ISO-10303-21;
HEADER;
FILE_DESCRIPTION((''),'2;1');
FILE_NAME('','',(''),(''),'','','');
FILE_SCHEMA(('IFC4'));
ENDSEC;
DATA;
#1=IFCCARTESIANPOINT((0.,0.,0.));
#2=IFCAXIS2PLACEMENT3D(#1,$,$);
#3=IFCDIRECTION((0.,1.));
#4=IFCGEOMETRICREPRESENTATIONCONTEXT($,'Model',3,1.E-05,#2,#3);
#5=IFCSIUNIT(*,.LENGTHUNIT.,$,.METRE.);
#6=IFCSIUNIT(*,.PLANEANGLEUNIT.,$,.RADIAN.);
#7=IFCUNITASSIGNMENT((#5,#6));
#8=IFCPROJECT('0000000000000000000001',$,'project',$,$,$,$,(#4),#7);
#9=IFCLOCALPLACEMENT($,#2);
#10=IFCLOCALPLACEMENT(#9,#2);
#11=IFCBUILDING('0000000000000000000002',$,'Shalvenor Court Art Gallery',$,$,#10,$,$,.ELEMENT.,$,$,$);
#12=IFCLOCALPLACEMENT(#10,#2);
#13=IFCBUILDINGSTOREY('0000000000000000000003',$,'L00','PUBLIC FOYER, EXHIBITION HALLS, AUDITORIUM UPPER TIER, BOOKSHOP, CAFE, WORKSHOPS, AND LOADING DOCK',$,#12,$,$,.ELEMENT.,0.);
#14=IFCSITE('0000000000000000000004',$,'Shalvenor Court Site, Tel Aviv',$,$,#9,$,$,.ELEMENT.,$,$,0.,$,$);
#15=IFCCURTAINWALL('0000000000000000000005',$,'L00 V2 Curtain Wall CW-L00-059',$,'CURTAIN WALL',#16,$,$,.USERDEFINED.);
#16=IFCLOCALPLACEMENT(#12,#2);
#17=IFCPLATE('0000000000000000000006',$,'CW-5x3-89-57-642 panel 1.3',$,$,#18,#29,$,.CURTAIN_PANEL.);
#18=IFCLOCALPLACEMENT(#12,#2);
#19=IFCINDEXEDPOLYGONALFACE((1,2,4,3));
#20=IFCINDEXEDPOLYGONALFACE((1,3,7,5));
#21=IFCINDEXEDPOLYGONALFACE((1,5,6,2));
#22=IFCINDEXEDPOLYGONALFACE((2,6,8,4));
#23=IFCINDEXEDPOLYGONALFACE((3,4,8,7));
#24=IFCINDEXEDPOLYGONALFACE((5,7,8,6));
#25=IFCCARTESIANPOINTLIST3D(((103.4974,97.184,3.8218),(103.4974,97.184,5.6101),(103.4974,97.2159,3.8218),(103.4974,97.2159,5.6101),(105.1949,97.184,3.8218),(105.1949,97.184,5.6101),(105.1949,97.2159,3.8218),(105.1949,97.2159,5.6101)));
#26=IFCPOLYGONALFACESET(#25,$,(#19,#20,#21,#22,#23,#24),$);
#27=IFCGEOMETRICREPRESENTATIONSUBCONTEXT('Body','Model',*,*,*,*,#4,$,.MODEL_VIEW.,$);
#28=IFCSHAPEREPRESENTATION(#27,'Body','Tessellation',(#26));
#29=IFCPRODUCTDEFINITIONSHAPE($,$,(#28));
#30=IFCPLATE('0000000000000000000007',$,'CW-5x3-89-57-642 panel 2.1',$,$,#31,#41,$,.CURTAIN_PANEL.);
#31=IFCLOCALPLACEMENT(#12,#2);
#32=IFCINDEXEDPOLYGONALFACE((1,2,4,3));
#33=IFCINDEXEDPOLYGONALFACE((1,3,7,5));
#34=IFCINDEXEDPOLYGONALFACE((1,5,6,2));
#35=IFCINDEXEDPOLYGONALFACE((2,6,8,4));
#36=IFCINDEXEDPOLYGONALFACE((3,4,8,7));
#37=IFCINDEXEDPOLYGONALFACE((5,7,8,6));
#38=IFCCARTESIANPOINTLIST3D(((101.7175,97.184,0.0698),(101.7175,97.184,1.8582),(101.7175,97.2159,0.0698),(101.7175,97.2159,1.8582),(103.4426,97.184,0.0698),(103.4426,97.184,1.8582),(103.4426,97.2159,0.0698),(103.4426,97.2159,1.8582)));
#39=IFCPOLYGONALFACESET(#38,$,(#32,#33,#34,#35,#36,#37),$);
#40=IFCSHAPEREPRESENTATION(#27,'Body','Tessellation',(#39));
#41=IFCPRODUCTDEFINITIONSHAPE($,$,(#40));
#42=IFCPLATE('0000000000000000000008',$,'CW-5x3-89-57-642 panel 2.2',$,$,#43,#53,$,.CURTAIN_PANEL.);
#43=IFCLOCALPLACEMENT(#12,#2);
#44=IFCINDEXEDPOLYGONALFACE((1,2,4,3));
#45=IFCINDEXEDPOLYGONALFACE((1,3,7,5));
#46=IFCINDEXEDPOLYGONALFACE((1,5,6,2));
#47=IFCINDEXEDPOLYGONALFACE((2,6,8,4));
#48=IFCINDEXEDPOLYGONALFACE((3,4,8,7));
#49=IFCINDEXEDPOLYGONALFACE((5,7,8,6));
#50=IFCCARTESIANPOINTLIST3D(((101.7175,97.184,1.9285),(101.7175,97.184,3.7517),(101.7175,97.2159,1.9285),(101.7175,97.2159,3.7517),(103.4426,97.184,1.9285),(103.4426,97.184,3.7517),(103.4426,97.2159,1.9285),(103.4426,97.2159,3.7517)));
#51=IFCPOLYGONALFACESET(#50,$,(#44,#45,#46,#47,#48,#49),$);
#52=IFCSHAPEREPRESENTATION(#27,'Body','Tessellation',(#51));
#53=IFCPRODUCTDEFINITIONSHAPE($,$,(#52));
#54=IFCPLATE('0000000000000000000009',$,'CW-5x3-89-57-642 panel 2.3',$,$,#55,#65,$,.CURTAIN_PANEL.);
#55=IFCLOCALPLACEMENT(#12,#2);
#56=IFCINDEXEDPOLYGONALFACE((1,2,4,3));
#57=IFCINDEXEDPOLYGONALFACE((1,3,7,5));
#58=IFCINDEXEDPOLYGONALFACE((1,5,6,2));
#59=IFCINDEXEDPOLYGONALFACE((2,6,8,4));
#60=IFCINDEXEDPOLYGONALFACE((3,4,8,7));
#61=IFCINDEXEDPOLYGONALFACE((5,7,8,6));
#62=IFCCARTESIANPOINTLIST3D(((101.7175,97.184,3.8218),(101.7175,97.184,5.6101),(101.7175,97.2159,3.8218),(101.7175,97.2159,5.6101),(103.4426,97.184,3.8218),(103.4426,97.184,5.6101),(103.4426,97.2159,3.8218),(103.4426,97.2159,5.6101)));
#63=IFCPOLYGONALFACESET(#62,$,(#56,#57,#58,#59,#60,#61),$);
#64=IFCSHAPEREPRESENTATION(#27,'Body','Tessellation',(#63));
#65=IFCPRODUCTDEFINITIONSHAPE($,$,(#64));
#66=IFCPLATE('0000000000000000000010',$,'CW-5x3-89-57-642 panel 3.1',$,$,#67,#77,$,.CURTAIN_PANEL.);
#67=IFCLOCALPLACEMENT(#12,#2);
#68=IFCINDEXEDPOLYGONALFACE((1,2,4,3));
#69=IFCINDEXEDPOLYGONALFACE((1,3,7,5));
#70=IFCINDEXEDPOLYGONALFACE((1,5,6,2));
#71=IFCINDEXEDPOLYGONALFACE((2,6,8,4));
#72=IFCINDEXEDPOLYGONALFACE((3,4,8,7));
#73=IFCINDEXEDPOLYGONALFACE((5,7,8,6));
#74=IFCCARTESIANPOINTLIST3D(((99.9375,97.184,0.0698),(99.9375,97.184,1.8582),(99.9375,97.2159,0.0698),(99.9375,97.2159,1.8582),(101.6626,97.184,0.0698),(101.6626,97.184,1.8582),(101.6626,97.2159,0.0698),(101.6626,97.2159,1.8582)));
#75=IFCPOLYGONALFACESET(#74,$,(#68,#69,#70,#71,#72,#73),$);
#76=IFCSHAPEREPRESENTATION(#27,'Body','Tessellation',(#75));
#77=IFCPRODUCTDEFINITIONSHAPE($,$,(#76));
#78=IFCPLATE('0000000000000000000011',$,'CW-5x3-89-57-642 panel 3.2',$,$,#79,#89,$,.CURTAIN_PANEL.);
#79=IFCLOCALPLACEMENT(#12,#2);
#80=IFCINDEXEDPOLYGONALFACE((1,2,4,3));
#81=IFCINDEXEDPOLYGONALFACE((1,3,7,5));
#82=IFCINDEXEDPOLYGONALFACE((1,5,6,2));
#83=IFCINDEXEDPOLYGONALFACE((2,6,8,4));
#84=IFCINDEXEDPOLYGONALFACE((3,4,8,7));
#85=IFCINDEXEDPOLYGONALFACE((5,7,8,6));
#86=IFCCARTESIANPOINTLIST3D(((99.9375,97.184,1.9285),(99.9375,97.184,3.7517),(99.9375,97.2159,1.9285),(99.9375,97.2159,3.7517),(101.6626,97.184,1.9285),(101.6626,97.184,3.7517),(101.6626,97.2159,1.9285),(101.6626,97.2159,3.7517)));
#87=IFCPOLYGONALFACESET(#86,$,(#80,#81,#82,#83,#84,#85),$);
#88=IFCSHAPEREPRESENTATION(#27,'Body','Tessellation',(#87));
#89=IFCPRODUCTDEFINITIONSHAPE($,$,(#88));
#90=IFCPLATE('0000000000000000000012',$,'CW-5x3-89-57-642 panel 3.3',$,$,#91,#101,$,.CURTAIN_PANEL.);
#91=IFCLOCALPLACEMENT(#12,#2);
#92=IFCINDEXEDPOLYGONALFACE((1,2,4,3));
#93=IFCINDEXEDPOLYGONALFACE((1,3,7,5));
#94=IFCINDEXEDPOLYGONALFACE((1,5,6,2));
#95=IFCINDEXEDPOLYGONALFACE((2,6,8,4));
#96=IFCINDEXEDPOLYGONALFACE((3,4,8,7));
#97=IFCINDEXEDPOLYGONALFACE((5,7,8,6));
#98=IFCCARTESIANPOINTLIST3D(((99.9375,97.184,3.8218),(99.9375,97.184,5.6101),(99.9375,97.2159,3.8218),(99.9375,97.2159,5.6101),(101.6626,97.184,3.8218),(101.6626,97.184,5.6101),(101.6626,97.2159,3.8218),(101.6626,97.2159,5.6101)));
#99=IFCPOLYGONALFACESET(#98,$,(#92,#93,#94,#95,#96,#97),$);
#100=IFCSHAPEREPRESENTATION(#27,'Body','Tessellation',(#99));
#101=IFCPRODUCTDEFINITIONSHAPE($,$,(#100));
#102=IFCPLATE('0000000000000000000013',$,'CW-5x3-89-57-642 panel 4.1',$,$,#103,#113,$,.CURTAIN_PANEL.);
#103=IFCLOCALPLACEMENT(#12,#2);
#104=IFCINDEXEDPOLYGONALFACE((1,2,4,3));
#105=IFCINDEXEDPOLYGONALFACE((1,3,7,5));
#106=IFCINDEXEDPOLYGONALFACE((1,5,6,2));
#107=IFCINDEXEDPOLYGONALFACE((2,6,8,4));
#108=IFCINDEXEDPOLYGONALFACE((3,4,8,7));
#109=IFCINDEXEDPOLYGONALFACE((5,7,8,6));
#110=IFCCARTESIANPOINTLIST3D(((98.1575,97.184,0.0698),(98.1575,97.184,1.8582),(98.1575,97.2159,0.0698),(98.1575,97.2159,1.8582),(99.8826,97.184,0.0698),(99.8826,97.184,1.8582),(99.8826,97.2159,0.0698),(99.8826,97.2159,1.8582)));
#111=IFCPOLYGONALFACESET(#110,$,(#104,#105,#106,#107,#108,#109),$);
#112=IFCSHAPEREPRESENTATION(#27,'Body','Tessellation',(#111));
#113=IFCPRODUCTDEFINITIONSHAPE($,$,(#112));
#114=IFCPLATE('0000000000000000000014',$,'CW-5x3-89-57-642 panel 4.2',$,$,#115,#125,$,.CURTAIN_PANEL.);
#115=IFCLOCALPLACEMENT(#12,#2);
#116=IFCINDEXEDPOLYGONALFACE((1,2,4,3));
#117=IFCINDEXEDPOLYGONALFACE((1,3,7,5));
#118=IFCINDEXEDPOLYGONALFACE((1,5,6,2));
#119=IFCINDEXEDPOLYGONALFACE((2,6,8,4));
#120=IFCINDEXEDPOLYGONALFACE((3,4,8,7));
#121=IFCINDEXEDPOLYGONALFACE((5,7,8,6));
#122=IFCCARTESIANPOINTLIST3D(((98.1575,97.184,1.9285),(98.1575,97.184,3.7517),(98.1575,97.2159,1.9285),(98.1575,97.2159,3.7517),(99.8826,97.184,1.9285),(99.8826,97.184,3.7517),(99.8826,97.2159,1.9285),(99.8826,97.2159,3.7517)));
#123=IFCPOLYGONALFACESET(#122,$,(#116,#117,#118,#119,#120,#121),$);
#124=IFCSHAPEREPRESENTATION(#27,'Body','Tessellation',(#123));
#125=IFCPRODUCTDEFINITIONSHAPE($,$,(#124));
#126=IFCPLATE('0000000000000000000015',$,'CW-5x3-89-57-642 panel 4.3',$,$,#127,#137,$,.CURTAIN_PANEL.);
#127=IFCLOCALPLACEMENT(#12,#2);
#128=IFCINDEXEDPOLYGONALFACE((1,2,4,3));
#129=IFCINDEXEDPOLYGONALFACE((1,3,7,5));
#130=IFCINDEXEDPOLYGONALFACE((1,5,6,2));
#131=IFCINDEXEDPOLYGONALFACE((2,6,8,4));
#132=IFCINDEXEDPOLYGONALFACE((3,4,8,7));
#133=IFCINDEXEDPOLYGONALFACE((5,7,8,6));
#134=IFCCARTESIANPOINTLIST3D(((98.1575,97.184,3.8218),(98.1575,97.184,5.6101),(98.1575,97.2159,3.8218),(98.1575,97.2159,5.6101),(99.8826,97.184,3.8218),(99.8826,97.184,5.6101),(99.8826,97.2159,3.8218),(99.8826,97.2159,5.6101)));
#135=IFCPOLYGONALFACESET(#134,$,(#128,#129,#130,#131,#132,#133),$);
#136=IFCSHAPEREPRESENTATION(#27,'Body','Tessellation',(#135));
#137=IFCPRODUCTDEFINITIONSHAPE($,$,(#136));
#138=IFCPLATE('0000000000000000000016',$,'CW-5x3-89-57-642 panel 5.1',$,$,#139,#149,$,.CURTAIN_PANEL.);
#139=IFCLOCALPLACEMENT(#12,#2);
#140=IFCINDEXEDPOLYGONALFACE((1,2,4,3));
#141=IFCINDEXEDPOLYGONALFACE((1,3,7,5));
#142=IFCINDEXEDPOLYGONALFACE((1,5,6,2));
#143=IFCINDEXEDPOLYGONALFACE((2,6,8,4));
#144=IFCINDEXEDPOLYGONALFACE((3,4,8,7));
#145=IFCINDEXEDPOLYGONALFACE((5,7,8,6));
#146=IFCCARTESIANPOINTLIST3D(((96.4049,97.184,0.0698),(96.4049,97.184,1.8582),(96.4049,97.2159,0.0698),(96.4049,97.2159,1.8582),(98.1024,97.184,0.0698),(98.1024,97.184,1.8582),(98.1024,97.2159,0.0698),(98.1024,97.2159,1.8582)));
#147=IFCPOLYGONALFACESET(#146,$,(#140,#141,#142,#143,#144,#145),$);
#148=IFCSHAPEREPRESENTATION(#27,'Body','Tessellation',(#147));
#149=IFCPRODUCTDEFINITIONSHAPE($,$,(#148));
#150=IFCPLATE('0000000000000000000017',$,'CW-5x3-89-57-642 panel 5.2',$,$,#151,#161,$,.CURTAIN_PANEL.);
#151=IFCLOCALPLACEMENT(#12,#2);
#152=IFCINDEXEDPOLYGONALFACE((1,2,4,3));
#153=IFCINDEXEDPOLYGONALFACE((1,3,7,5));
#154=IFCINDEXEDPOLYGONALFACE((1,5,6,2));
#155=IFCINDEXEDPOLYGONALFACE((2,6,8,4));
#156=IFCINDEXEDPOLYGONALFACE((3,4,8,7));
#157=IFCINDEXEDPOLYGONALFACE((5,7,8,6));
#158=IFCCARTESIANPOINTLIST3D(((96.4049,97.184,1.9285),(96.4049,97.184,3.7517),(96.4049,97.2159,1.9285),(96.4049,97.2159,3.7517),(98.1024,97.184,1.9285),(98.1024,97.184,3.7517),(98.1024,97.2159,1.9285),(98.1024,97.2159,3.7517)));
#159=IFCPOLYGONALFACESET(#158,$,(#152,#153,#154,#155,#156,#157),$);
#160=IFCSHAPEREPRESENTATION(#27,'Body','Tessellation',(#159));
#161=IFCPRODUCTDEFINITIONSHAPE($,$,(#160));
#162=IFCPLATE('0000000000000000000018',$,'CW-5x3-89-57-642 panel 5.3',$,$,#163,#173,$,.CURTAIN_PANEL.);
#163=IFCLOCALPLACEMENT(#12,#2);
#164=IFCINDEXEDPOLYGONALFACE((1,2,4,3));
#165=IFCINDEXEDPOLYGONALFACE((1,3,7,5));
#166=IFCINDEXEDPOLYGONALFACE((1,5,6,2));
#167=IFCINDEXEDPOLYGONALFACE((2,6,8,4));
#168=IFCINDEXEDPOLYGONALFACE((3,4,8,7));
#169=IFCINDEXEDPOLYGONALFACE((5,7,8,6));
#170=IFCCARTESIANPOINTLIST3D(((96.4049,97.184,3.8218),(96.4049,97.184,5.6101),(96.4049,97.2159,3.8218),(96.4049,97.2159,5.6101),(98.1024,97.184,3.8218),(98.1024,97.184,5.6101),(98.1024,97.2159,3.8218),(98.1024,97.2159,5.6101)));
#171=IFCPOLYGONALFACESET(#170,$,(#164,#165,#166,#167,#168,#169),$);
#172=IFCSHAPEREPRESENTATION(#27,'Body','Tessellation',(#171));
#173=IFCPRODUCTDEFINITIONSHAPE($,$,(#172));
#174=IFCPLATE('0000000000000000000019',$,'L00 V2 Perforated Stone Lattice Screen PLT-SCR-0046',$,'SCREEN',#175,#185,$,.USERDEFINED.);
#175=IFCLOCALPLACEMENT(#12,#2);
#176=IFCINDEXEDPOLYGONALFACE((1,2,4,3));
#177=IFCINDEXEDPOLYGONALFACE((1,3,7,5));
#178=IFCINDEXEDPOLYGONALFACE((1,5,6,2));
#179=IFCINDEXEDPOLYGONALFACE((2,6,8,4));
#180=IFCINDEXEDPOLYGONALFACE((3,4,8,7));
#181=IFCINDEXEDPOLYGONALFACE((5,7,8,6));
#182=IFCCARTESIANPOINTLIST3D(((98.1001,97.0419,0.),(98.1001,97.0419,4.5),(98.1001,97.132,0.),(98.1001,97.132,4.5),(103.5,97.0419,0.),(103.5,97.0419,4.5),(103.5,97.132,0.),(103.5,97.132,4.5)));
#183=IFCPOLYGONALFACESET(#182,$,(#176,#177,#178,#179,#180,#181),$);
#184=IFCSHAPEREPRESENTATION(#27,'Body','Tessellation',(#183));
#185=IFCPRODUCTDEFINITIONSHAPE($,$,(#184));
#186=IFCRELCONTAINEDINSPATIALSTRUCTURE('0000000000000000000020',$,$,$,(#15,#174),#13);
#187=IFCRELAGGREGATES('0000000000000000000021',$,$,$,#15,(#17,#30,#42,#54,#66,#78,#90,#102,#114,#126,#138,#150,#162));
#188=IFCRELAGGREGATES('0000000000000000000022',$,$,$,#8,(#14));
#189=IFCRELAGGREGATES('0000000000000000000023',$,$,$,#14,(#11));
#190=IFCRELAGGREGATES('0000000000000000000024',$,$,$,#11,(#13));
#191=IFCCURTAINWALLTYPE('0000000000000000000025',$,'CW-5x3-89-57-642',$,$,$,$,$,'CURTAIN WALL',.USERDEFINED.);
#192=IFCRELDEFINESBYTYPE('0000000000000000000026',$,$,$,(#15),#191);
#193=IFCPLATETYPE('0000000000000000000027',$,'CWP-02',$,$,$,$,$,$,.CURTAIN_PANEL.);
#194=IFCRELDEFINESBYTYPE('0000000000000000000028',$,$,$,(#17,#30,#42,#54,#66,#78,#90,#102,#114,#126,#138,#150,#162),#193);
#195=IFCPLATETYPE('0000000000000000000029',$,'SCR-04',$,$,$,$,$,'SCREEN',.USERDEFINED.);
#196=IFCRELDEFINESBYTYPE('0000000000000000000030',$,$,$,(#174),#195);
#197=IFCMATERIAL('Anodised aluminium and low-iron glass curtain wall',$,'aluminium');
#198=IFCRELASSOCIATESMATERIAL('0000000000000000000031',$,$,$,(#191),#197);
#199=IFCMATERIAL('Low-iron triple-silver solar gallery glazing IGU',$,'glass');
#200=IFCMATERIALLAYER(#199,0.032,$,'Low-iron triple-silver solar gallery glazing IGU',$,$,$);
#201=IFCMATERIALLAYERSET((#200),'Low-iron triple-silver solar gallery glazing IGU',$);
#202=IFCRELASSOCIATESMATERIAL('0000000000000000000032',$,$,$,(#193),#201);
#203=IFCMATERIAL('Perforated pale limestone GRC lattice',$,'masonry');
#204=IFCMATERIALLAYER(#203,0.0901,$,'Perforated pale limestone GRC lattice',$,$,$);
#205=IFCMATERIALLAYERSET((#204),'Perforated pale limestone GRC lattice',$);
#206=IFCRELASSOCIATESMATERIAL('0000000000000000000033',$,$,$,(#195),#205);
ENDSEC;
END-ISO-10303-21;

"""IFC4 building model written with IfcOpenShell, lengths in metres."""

from ifc_helpers import new_model, si_unit, direction, frame, origin, origin_2d, place, context, subcontext, project, spatial, rectangle, extrude, material, layer, layer_set, type_object, element, aggregate, save


model = new_model("IFC4")

# Units and contexts
model_context = context("Model", 3, precision=1e-05, world=origin(), true_north=direction((0.0, 1.0)))
body_context = subcontext(model_context, "Body", "Model", "MODEL_VIEW")
ifc_project = project(units=[si_unit("LENGTHUNIT", "METRE"), si_unit("PLANEANGLEUNIT", "RADIAN")], contexts=[model_context])

# Site, building, storey
site_placement = place(None, origin())
site = spatial("IfcSite", under=ifc_project, at=site_placement, Name="Shalvenor Court Site, Tel Aviv", CompositionType="ELEMENT", RefElevation=0.0)
building_placement = place(site_placement, origin())
building = spatial("IfcBuilding", under=site, at=building_placement, Name="Shalvenor Court Art Gallery", CompositionType="ELEMENT")
storey_placement = place(building_placement, origin())
storey = spatial("IfcBuildingStorey", under=building, at=storey_placement, Name="L00", Description="PUBLIC FOYER, EXHIBITION HALLS, AUDITORIUM UPPER TIER, BOOKSHOP, CAFE, WORKSHOPS, AND LOADING DOCK", CompositionType="ELEMENT", Elevation=0.0)

# Curtain wall, plates
ifc_material_1 = material(Name="Anodised aluminium and low-iron glass curtain wall", Category="aluminium")
curtain_wall_type = type_object("IfcCurtainWallType", Name="CW-5x3-89-57-642", ElementType="CURTAIN WALL", PredefinedType="USERDEFINED", material=ifc_material_1)
curtain_wall_placement = place(storey_placement, origin())
curtain_wall = element("IfcCurtainWall", 1, at=curtain_wall_placement, inside=storey, type_object=curtain_wall_type, Name="L00 V2 Curtain Wall CW-L00-059", ObjectType="CURTAIN WALL", PredefinedType="USERDEFINED")
ifc_material_2 = material(Name="Low-iron triple-silver solar gallery glazing IGU", Category="glass")
ifc_layer_1 = layer(ifc_material_2, 0.032, Name="Low-iron triple-silver solar gallery glazing IGU")
ifc_layer_set_1 = layer_set([ifc_layer_1], Name="Low-iron triple-silver solar gallery glazing IGU")
plate_type_1 = type_object("IfcPlateType", Name="CWP-02", PredefinedType="CURTAIN_PANEL", material=ifc_layer_set_1)
plate_1_placement = place(storey_placement, frame((104.3462, 97.2, 3.8218), z_axis=(0.0, 0.0, 1.0), x_axis=(-1.0, 0.0, 0.0)))
plate_1 = element("IfcPlate", 2, at=plate_1_placement, type_object=plate_type_1, Name="CW-5x3-89-57-642 panel 1.3", PredefinedType="CURTAIN_PANEL", context=body_context, shape_type="SweptSolid", body=[
    extrude(rectangle(XDim=1.6975, YDim=0.032, at=origin_2d()), origin(), (0.0, 0.0, 1.0), 1.7883),
])
plate_2_placement = place(storey_placement, frame((102.5801, 97.2, 0.0698), z_axis=(0.0, 0.0, 1.0), x_axis=(-1.0, 0.0, 0.0)))
plate_2 = element("IfcPlate", 3, at=plate_2_placement, type_object=plate_type_1, Name="CW-5x3-89-57-642 panel 2.1", PredefinedType="CURTAIN_PANEL", context=body_context, shape_type="SweptSolid", body=[
    extrude(rectangle(XDim=1.7251, YDim=0.032, at=origin_2d()), origin(), (0.0, 0.0, 1.0), 1.7883),
])
plate_3_placement = place(storey_placement, frame((102.5801, 97.2, 1.9285), z_axis=(0.0, 0.0, 1.0), x_axis=(-1.0, 0.0, 0.0)))
plate_3 = element("IfcPlate", 4, at=plate_3_placement, type_object=plate_type_1, Name="CW-5x3-89-57-642 panel 2.2", PredefinedType="CURTAIN_PANEL", context=body_context, shape_type="SweptSolid", body=[
    extrude(rectangle(XDim=1.7251, YDim=0.032, at=origin_2d()), origin(), (0.0, 0.0, 1.0), 1.8232),
])
plate_4_placement = place(storey_placement, frame((102.5801, 97.2, 3.8218), z_axis=(0.0, 0.0, 1.0), x_axis=(-1.0, 0.0, 0.0)))
plate_4 = element("IfcPlate", 5, at=plate_4_placement, type_object=plate_type_1, Name="CW-5x3-89-57-642 panel 2.3", PredefinedType="CURTAIN_PANEL", context=body_context, shape_type="SweptSolid", body=[
    extrude(rectangle(XDim=1.7251, YDim=0.032, at=origin_2d()), origin(), (0.0, 0.0, 1.0), 1.7883),
])
plate_5_placement = place(storey_placement, frame((100.8, 97.2, 0.0698), z_axis=(0.0, 0.0, 1.0), x_axis=(-1.0, 0.0, 0.0)))
plate_5 = element("IfcPlate", 6, at=plate_5_placement, type_object=plate_type_1, Name="CW-5x3-89-57-642 panel 3.1", PredefinedType="CURTAIN_PANEL", context=body_context, shape_type="SweptSolid", body=[
    extrude(rectangle(XDim=1.7251, YDim=0.032, at=origin_2d()), origin(), (0.0, 0.0, 1.0), 1.7883),
])
plate_6_placement = place(storey_placement, frame((100.8, 97.2, 1.9285), z_axis=(0.0, 0.0, 1.0), x_axis=(-1.0, 0.0, 0.0)))
plate_6 = element("IfcPlate", 7, at=plate_6_placement, type_object=plate_type_1, Name="CW-5x3-89-57-642 panel 3.2", PredefinedType="CURTAIN_PANEL", context=body_context, shape_type="SweptSolid", body=[
    extrude(rectangle(XDim=1.7251, YDim=0.032, at=origin_2d()), origin(), (0.0, 0.0, 1.0), 1.8232),
])
plate_7_placement = place(storey_placement, frame((100.8, 97.2, 3.8218), z_axis=(0.0, 0.0, 1.0), x_axis=(-1.0, 0.0, 0.0)))
plate_7 = element("IfcPlate", 8, at=plate_7_placement, type_object=plate_type_1, Name="CW-5x3-89-57-642 panel 3.3", PredefinedType="CURTAIN_PANEL", context=body_context, shape_type="SweptSolid", body=[
    extrude(rectangle(XDim=1.7251, YDim=0.032, at=origin_2d()), origin(), (0.0, 0.0, 1.0), 1.7883),
])
plate_8_placement = place(storey_placement, frame((99.02, 97.2, 0.0698), z_axis=(0.0, 0.0, 1.0), x_axis=(-1.0, 0.0, 0.0)))
plate_8 = element("IfcPlate", 9, at=plate_8_placement, type_object=plate_type_1, Name="CW-5x3-89-57-642 panel 4.1", PredefinedType="CURTAIN_PANEL", context=body_context, shape_type="SweptSolid", body=[
    extrude(rectangle(XDim=1.7251, YDim=0.032, at=origin_2d()), origin(), (0.0, 0.0, 1.0), 1.7883),
])
plate_9_placement = place(storey_placement, frame((99.02, 97.2, 1.9285), z_axis=(0.0, 0.0, 1.0), x_axis=(-1.0, 0.0, 0.0)))
plate_9 = element("IfcPlate", 10, at=plate_9_placement, type_object=plate_type_1, Name="CW-5x3-89-57-642 panel 4.2", PredefinedType="CURTAIN_PANEL", context=body_context, shape_type="SweptSolid", body=[
    extrude(rectangle(XDim=1.7251, YDim=0.032, at=origin_2d()), origin(), (0.0, 0.0, 1.0), 1.8232),
])
plate_10_placement = place(storey_placement, frame((99.02, 97.2, 3.8218), z_axis=(0.0, 0.0, 1.0), x_axis=(-1.0, 0.0, 0.0)))
plate_10 = element("IfcPlate", 11, at=plate_10_placement, type_object=plate_type_1, Name="CW-5x3-89-57-642 panel 4.3", PredefinedType="CURTAIN_PANEL", context=body_context, shape_type="SweptSolid", body=[
    extrude(rectangle(XDim=1.7251, YDim=0.032, at=origin_2d()), origin(), (0.0, 0.0, 1.0), 1.7883),
])
plate_11_placement = place(storey_placement, frame((97.2537, 97.2, 0.0698), z_axis=(0.0, 0.0, 1.0), x_axis=(-1.0, 0.0, 0.0)))
plate_11 = element("IfcPlate", 12, at=plate_11_placement, type_object=plate_type_1, Name="CW-5x3-89-57-642 panel 5.1", PredefinedType="CURTAIN_PANEL", context=body_context, shape_type="SweptSolid", body=[
    extrude(rectangle(XDim=1.6975, YDim=0.032, at=origin_2d()), origin(), (0.0, 0.0, 1.0), 1.7883),
])
plate_12_placement = place(storey_placement, frame((97.2537, 97.2, 1.9285), z_axis=(0.0, 0.0, 1.0), x_axis=(-1.0, 0.0, 0.0)))
plate_12 = element("IfcPlate", 13, at=plate_12_placement, type_object=plate_type_1, Name="CW-5x3-89-57-642 panel 5.2", PredefinedType="CURTAIN_PANEL", context=body_context, shape_type="SweptSolid", body=[
    extrude(rectangle(XDim=1.6975, YDim=0.032, at=origin_2d()), origin(), (0.0, 0.0, 1.0), 1.8232),
])
plate_13_placement = place(storey_placement, frame((97.2537, 97.2, 3.8218), z_axis=(0.0, 0.0, 1.0), x_axis=(-1.0, 0.0, 0.0)))
plate_13 = element("IfcPlate", 14, at=plate_13_placement, type_object=plate_type_1, Name="CW-5x3-89-57-642 panel 5.3", PredefinedType="CURTAIN_PANEL", context=body_context, shape_type="SweptSolid", body=[
    extrude(rectangle(XDim=1.6975, YDim=0.032, at=origin_2d()), origin(), (0.0, 0.0, 1.0), 1.7883),
])
aggregate(curtain_wall, [plate_1, plate_2, plate_3, plate_4, plate_5, plate_6, plate_7, plate_8, plate_9, plate_10, plate_11, plate_12, plate_13])

# Plate
ifc_material_3 = material(Name="Perforated pale limestone GRC lattice", Category="masonry")
ifc_layer_2 = layer(ifc_material_3, 0.0901, Name="Perforated pale limestone GRC lattice")
ifc_layer_set_2 = layer_set([ifc_layer_2], Name="Perforated pale limestone GRC lattice")
plate_type_2 = type_object("IfcPlateType", Name="SCR-04", ElementType="SCREEN", PredefinedType="USERDEFINED", material=ifc_layer_set_2)
plate_14_placement = place(storey_placement, frame((100.8, 97.0869, 0.0), z_axis=(0.0, 0.0, 1.0), x_axis=(-1.0, 0.0, 0.0)))
element("IfcPlate", 15, at=plate_14_placement, inside=storey, type_object=plate_type_2, Name="L00 V2 Perforated Stone Lattice Screen PLT-SCR-0046", ObjectType="SCREEN", PredefinedType="USERDEFINED", context=body_context, shape_type="SweptSolid", body=[
    extrude(rectangle(XDim=5.3999, YDim=0.0901, at=origin_2d()), origin(), (0.0, 0.0, 1.0), 4.5),
])

save(model, "model.ifc")
